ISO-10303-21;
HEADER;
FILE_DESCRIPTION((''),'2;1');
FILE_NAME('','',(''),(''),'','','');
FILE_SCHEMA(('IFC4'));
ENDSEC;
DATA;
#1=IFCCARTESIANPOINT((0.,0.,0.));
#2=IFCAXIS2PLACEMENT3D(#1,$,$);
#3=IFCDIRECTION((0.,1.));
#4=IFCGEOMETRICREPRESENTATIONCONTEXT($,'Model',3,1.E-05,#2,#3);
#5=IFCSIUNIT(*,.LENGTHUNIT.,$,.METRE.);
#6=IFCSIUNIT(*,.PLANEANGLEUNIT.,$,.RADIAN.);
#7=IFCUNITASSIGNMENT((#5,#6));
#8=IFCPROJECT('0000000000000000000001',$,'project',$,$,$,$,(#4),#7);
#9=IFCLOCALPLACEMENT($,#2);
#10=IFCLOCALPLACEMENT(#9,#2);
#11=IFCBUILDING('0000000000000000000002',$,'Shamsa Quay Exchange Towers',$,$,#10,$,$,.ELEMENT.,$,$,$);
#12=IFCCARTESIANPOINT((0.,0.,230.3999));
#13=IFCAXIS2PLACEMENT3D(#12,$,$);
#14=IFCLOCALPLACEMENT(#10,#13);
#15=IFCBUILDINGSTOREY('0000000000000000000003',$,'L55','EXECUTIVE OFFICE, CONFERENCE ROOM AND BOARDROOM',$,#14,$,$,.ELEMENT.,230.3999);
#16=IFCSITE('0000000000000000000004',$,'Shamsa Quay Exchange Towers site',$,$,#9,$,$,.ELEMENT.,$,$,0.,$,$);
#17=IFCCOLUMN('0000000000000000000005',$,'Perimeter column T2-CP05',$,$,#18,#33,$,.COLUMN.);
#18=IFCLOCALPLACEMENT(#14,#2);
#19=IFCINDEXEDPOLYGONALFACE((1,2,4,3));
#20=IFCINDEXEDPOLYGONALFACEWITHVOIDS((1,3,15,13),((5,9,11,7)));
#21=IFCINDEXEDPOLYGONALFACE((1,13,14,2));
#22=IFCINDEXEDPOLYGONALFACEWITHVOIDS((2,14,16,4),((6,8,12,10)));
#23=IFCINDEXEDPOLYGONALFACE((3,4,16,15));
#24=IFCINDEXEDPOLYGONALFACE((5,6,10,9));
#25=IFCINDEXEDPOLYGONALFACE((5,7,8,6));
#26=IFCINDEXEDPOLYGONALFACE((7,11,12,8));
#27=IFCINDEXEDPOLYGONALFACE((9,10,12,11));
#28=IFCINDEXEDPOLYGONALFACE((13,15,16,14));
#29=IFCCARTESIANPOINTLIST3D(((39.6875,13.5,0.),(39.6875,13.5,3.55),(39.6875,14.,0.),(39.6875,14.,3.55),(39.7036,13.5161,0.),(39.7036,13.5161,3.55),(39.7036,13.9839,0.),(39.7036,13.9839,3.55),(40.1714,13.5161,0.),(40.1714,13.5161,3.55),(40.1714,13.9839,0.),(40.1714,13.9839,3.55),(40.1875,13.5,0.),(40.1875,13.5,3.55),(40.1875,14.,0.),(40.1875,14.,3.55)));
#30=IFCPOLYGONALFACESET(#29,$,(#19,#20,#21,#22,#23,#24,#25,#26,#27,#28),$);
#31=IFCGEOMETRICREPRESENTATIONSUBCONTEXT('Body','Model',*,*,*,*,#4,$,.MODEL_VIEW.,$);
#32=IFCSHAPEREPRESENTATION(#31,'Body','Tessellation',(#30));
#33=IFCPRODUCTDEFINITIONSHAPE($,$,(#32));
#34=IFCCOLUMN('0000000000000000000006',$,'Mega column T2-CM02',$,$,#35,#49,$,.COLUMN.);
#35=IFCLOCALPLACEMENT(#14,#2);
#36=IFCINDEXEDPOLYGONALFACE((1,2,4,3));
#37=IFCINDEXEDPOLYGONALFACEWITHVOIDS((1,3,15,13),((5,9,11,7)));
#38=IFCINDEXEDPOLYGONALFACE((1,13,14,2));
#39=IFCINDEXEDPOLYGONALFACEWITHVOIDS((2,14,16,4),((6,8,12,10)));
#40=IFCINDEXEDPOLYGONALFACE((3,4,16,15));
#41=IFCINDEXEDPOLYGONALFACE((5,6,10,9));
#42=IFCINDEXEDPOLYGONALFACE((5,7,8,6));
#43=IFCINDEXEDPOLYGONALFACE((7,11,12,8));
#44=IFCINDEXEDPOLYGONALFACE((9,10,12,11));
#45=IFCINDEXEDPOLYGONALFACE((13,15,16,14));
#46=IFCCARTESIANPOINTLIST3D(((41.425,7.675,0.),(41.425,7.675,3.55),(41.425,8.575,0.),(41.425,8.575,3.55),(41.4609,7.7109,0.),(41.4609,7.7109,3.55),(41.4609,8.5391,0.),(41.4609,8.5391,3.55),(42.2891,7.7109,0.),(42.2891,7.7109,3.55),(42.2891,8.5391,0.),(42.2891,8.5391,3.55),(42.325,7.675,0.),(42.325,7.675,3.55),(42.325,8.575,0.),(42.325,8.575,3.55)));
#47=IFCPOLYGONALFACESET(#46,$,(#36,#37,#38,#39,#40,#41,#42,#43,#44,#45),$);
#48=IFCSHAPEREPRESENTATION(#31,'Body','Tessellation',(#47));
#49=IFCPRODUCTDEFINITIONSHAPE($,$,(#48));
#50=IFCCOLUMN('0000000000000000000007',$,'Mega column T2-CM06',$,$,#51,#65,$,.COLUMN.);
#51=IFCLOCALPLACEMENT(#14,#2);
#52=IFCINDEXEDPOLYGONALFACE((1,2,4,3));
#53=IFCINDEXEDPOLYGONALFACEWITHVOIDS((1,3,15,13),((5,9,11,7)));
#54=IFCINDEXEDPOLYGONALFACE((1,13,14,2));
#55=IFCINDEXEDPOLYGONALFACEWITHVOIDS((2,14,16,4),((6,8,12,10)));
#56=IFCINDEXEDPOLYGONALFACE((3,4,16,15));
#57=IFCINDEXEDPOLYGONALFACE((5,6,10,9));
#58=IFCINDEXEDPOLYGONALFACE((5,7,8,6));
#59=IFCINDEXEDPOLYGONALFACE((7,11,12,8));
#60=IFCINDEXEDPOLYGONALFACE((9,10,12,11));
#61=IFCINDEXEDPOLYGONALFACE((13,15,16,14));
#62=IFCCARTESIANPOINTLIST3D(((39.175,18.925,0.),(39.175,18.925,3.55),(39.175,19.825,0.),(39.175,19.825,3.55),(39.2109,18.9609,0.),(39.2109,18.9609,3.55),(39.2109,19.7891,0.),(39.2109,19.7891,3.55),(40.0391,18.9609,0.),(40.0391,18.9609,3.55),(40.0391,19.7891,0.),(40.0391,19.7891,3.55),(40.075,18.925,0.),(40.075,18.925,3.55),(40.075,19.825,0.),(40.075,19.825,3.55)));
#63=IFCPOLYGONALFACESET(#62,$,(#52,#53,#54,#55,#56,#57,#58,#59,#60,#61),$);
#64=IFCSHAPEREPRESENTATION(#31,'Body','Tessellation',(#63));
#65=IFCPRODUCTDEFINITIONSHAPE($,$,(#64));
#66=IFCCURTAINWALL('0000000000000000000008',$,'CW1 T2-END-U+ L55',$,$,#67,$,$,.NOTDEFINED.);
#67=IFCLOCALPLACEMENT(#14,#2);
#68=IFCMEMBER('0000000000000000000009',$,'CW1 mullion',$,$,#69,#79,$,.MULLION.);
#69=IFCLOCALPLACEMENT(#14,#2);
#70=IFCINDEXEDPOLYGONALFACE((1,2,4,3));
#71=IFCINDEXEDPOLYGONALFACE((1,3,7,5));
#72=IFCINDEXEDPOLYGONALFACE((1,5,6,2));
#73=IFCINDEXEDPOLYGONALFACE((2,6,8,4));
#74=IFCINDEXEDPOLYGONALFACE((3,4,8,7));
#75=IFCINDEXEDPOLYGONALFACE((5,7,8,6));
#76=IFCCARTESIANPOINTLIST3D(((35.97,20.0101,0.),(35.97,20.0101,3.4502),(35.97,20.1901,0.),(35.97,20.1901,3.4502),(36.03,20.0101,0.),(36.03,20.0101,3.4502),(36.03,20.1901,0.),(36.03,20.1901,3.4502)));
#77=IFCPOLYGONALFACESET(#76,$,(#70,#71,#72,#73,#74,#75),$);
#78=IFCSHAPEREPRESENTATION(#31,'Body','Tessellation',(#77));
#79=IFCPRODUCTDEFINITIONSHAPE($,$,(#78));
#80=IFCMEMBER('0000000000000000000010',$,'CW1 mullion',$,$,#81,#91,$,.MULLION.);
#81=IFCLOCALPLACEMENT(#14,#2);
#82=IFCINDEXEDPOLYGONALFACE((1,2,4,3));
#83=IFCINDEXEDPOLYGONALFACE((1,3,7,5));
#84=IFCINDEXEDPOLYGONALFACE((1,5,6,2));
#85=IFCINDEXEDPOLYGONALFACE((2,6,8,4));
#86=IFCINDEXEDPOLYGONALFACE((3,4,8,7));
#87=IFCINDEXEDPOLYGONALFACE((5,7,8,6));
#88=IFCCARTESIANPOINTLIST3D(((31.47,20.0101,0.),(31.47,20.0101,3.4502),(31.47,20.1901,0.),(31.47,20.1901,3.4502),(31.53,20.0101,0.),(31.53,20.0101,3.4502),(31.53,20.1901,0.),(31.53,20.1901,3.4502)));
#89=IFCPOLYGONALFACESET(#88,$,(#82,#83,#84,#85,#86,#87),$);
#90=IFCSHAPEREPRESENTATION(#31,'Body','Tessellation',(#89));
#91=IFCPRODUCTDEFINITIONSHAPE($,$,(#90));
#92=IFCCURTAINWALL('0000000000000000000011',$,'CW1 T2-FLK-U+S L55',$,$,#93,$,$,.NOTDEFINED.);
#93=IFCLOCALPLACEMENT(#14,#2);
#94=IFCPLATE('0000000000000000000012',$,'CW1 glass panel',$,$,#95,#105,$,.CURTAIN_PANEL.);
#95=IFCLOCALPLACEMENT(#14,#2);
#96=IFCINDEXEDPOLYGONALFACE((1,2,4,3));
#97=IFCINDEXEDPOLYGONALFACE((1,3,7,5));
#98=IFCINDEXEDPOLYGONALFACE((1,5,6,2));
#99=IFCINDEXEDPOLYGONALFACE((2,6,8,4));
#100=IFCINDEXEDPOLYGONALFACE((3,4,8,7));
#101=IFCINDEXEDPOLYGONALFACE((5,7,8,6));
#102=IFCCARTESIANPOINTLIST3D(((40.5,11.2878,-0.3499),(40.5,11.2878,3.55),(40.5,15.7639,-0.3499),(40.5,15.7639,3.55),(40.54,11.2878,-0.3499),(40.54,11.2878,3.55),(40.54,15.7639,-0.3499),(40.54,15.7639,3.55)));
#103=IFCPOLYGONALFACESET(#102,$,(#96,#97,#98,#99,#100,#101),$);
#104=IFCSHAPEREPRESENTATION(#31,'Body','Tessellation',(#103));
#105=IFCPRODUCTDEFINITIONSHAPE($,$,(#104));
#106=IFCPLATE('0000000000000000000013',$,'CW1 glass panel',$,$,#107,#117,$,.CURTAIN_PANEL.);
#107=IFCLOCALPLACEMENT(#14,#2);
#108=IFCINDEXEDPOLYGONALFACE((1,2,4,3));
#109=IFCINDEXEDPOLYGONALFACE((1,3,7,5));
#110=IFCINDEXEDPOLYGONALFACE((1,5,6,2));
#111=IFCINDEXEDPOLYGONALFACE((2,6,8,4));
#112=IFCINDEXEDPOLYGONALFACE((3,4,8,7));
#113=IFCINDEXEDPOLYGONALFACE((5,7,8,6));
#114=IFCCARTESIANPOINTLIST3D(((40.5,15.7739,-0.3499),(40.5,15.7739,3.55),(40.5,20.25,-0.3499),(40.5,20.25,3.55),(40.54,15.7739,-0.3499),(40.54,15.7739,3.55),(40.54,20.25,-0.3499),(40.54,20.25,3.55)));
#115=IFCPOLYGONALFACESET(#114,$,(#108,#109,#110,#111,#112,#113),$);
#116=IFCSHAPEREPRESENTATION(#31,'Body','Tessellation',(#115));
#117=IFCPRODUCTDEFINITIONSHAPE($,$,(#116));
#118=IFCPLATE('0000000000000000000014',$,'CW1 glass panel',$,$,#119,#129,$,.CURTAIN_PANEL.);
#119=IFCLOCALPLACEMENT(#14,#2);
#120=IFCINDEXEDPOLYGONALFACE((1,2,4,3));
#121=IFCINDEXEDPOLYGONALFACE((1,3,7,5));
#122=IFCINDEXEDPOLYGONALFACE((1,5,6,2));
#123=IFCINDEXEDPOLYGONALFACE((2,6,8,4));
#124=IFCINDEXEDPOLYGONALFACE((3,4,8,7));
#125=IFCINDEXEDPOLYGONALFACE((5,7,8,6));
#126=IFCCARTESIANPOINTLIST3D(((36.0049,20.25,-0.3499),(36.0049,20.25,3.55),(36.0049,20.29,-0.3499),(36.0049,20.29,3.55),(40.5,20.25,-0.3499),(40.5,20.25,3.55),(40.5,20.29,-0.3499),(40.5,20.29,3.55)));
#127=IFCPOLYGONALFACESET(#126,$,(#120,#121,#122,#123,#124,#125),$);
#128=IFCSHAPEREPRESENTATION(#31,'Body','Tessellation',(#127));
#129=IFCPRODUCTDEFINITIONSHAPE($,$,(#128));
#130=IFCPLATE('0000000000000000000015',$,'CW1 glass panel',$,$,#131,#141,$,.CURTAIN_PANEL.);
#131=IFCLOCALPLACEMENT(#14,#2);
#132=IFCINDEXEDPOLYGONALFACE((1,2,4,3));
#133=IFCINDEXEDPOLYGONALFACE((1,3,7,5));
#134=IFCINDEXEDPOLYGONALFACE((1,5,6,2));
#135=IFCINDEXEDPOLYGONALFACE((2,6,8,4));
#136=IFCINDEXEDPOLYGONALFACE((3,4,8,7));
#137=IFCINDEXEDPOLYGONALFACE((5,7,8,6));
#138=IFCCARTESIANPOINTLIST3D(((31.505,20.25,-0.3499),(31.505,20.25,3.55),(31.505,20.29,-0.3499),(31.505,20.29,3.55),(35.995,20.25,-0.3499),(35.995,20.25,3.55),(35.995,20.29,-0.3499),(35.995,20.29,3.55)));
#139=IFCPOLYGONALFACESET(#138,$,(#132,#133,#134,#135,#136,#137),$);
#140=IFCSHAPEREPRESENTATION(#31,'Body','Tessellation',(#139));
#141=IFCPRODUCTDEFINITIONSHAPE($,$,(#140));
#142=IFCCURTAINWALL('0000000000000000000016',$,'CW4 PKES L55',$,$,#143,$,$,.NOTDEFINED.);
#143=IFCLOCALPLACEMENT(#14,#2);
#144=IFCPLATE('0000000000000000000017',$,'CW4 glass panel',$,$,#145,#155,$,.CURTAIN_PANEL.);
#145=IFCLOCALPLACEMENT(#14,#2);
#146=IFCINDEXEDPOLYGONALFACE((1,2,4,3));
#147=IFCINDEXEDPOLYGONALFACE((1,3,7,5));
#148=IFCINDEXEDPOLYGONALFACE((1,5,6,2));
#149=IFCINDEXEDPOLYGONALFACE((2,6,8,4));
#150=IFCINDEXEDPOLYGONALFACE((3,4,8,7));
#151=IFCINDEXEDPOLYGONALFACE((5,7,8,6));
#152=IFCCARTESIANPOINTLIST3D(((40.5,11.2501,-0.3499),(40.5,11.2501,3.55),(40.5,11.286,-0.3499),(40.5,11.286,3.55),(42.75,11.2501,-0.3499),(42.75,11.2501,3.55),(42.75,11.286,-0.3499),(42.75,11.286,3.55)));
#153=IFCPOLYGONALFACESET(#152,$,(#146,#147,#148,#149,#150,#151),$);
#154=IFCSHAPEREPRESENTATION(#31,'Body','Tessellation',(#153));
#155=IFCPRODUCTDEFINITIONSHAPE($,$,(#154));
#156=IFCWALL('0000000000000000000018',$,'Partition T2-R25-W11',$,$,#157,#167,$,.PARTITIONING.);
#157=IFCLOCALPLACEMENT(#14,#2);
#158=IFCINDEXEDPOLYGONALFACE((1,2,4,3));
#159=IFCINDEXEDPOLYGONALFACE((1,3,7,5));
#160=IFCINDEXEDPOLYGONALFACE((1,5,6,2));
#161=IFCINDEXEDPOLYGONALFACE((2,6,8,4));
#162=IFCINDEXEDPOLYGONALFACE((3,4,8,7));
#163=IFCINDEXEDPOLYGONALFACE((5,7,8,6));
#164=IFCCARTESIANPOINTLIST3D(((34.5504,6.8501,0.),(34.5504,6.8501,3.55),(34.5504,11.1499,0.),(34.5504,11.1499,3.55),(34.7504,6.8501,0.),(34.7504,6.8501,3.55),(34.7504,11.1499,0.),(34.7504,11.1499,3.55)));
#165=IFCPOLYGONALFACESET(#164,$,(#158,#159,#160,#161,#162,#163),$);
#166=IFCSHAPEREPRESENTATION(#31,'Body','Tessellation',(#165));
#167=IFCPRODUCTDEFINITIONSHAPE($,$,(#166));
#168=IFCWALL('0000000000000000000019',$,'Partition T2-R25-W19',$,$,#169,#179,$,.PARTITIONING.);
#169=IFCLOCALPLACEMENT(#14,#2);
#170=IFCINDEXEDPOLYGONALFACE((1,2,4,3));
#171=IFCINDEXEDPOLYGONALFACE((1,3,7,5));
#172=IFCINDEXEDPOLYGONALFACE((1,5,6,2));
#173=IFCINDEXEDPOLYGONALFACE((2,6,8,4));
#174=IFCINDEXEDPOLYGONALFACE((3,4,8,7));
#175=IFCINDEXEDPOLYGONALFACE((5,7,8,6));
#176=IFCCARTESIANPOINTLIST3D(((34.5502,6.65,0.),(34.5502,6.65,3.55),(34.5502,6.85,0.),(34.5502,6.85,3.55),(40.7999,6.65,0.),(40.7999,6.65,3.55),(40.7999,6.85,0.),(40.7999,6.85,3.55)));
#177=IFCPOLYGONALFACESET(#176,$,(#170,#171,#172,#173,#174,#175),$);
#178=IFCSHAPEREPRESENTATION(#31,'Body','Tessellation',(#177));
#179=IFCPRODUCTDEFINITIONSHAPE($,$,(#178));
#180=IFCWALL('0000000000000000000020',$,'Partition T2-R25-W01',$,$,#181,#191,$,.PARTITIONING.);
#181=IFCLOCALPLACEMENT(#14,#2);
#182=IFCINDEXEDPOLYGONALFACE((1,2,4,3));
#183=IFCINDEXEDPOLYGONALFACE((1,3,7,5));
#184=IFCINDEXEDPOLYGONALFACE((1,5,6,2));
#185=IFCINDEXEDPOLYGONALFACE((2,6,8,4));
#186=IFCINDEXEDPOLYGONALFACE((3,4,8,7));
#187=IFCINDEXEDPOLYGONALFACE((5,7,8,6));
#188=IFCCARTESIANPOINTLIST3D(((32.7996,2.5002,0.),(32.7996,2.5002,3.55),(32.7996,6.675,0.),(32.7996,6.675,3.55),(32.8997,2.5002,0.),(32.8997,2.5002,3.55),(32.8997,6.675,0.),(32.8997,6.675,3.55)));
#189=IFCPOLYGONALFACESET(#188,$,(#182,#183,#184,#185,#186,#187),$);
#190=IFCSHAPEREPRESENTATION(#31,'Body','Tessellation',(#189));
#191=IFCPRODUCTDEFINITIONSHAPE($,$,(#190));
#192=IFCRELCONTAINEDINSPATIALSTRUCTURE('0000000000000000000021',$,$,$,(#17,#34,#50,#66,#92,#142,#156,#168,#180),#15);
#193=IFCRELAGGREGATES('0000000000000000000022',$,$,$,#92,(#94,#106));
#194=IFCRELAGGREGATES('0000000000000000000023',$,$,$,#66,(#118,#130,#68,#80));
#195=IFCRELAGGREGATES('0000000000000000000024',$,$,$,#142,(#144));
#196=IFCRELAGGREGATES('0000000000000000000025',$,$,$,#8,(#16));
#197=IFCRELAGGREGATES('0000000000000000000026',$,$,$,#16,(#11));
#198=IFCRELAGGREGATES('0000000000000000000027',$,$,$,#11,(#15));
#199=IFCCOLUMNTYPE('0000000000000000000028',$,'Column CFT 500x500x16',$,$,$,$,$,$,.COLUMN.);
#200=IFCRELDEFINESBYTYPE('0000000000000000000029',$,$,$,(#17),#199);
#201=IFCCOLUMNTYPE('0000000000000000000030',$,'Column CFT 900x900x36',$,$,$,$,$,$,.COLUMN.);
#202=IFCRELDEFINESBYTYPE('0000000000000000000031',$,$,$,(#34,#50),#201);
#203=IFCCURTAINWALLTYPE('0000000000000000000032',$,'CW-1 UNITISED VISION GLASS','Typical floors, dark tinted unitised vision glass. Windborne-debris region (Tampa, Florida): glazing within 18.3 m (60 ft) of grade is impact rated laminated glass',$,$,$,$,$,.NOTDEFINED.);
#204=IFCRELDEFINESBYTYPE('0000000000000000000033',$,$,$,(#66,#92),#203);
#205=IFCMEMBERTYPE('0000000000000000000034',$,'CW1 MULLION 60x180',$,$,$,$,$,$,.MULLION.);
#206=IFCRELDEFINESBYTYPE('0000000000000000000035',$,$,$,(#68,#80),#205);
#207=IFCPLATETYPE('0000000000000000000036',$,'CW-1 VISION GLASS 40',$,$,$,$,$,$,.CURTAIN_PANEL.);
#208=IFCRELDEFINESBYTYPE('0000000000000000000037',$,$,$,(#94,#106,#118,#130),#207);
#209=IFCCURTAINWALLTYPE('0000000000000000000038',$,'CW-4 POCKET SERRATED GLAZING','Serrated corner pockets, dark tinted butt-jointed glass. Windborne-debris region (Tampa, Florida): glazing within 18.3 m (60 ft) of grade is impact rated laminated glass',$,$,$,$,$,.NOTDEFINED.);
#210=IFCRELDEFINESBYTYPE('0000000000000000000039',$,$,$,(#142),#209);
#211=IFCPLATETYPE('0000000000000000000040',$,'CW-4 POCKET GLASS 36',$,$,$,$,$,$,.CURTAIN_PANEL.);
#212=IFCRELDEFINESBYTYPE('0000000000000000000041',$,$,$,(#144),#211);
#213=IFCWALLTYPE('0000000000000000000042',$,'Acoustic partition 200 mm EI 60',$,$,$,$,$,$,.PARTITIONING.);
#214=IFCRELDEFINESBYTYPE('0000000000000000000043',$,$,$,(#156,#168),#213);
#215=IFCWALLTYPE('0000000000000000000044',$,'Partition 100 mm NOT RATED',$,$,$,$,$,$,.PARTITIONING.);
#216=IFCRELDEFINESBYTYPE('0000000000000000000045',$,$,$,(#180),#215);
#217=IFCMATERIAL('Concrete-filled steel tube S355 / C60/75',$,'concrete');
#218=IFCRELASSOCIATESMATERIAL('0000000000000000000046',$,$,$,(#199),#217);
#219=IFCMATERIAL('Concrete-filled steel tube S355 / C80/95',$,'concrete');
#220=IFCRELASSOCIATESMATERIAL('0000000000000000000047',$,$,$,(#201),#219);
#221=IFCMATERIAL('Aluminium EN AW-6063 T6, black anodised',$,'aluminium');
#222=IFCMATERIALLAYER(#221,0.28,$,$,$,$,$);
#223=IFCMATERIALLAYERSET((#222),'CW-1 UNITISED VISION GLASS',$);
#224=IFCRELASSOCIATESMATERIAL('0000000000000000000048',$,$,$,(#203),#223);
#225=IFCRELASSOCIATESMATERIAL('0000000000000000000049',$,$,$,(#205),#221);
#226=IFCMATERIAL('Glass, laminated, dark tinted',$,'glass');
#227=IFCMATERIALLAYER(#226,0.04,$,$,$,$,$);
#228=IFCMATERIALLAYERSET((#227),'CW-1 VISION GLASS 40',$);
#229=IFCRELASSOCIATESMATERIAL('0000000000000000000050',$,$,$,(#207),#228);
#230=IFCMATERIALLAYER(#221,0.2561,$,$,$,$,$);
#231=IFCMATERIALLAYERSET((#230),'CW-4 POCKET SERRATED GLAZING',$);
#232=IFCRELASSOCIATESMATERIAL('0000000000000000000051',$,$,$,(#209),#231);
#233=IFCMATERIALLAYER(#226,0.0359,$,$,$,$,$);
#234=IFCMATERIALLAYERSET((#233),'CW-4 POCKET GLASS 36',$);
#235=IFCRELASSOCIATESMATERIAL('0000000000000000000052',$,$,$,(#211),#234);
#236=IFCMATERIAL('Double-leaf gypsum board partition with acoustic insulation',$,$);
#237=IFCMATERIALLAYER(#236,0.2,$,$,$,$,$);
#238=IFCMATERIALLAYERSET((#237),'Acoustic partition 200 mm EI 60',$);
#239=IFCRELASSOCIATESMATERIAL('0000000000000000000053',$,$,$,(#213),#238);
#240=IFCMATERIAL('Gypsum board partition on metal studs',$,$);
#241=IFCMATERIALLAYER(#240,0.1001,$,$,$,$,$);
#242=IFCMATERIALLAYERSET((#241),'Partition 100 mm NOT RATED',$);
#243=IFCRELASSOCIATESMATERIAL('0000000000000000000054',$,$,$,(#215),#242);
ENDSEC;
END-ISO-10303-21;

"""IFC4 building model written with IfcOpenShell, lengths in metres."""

from ifc_helpers import new_model, si_unit, direction, frame, frame_2d, origin, origin_2d, place, context, subcontext, project, spatial, rectangle, hollow_rectangle, extrude, material, layer, layer_set, material_profile, profile_set, type_object, element, aggregate, save


model = new_model("IFC4")

# Units and contexts
model_context = context("Model", 3, precision=1e-05, world=origin(), true_north=direction((0.0, 1.0)))
body_context = subcontext(model_context, "Body", "Model", "MODEL_VIEW")
ifc_project = project(units=[si_unit("LENGTHUNIT", "METRE"), si_unit("PLANEANGLEUNIT", "RADIAN")], contexts=[model_context])

# Site, building, storey
site_placement = place(None, origin())
site = spatial("IfcSite", under=ifc_project, at=site_placement, Name="Shamsa Quay Exchange Towers site", CompositionType="ELEMENT", RefElevation=0.0)
building_placement = place(site_placement, origin())
building = spatial("IfcBuilding", under=site, at=building_placement, Name="Shamsa Quay Exchange Towers", CompositionType="ELEMENT")
storey_placement = place(building_placement, frame((0.0, 0.0, 230.3999)))
storey = spatial("IfcBuildingStorey", under=building, at=storey_placement, Name="L55", Description="EXECUTIVE OFFICE, CONFERENCE ROOM AND BOARDROOM", CompositionType="ELEMENT", Elevation=230.3999)

# Columns
ifc_material_1 = material(Name="Concrete-filled steel tube S355 / C60/75", Category="concrete")
ifc_material_profile_1 = material_profile(ifc_material_1, hollow_rectangle(XDim=0.5, YDim=0.5, WallThickness=0.0161, at=origin_2d()), Name="CFT 500x500x16")
ifc_profile_set_1 = profile_set([ifc_material_profile_1], Name="Concrete-filled steel tube S355 / C60/75")
column_type_1 = type_object("IfcColumnType", Name="Column CFT 500x500x16", PredefinedType="COLUMN", material=ifc_profile_set_1)
column_placement = place(storey_placement, frame((39.9375, 13.75, 0.0)))
element("IfcColumn", 1, at=column_placement, inside=storey, type_object=column_type_1, Name="Perimeter column T2-CP05", PredefinedType="COLUMN", context=body_context, shape_type="SweptSolid", body=[
    extrude(hollow_rectangle(XDim=0.5, YDim=0.5, WallThickness=0.0161, at=origin_2d()), origin(), (0.0, 0.0, 1.0), 3.55),
])
ifc_material_2 = material(Name="Concrete-filled steel tube S355 / C80/95", Category="concrete")
ifc_material_profile_2 = material_profile(ifc_material_2, hollow_rectangle(XDim=0.8999, YDim=0.8999, WallThickness=0.0359, at=origin_2d()), Name="CFT 900x900x36")
ifc_profile_set_2 = profile_set([ifc_material_profile_2], Name="Concrete-filled steel tube S355 / C80/95")
column_type_2 = type_object("IfcColumnType", Name="Column CFT 900x900x36", PredefinedType="COLUMN", material=ifc_profile_set_2)
for number, where, name in (
    (2, (41.875, 8.125, 0.0), "Mega column T2-CM02"),
    (3, (39.625, 19.375, 0.0), "Mega column T2-CM06"),
):
    element("IfcColumn", number, at=place(storey_placement, frame(where)), inside=storey, type_object=column_type_2, Name=name, PredefinedType="COLUMN", context=body_context, shape_type="SweptSolid", body=[
        extrude(hollow_rectangle(XDim=0.8999, YDim=0.8999, WallThickness=0.0359, at=origin_2d()), origin(), (0.0, 0.0, 1.0), 3.55),
    ])

# Curtain wall, members
ifc_material_3 = material(Name="Aluminium EN AW-6063 T6, black anodised", Category="aluminium")
ifc_layer_1 = layer(ifc_material_3, 0.28)
ifc_layer_set_1 = layer_set([ifc_layer_1], Name="CW-1 UNITISED VISION GLASS")
curtain_wall_type_1 = type_object("IfcCurtainWallType", Name="CW-1 UNITISED VISION GLASS", Description="Typical floors, dark tinted unitised vision glass. Windborne-debris region (Tampa, Florida): glazing within 18.3 m (60 ft) of grade is impact rated laminated glass", PredefinedType="NOTDEFINED", material=ifc_layer_set_1)
curtain_wall_1_placement = place(storey_placement, origin())
curtain_wall_1 = element("IfcCurtainWall", 4, at=curtain_wall_1_placement, inside=storey, type_object=curtain_wall_type_1, Name="CW1 T2-END-U+ L55", PredefinedType="NOTDEFINED")
ifc_material_profile_3 = material_profile(ifc_material_3, rectangle(XDim=0.1799, YDim=0.0601, at=origin_2d()), Name="MU60x180")
ifc_profile_set_3 = profile_set([ifc_material_profile_3], Name="Aluminium EN AW-6063 T6, black anodised")
member_type = type_object("IfcMemberType", Name="CW1 MULLION 60x180", PredefinedType="MULLION", material=ifc_profile_set_3)
member_1_placement = place(storey_placement, frame((36.0, 20.1001, 0.0), z_axis=(0.0, 0.0, 1.0), x_axis=(0.0, -1.0, 0.0)))
member_1 = element("IfcMember", 5, at=member_1_placement, type_object=member_type, Name="CW1 mullion", PredefinedType="MULLION", context=body_context, shape_type="SweptSolid", body=[
    extrude(rectangle(XDim=0.1799, YDim=0.0601, at=origin_2d()), origin(), (0.0, 0.0, 1.0), 3.4502),
])
member_2_placement = place(storey_placement, frame((31.5, 20.1001, 0.0), z_axis=(0.0, 0.0, 1.0), x_axis=(0.0, -1.0, 0.0)))
member_2 = element("IfcMember", 6, at=member_2_placement, type_object=member_type, Name="CW1 mullion", PredefinedType="MULLION", context=body_context, shape_type="SweptSolid", body=[
    extrude(rectangle(XDim=0.1799, YDim=0.0601, at=origin_2d()), origin(), (0.0, 0.0, 1.0), 3.4502),
])

# Curtain wall, plates
curtain_wall_2_placement = place(storey_placement, origin())
curtain_wall_2 = element("IfcCurtainWall", 7, at=curtain_wall_2_placement, inside=storey, type_object=curtain_wall_type_1, Name="CW1 T2-FLK-U+S L55", PredefinedType="NOTDEFINED")
ifc_material_4 = material(Name="Glass, laminated, dark tinted", Category="glass")
ifc_layer_2 = layer(ifc_material_4, 0.04)
ifc_layer_set_2 = layer_set([ifc_layer_2], Name="CW-1 VISION GLASS 40")
plate_type_1 = type_object("IfcPlateType", Name="CW-1 VISION GLASS 40", PredefinedType="CURTAIN_PANEL", material=ifc_layer_set_2)
plate_1_placement = place(storey_placement, frame((40.52, 13.5259, -0.3499), z_axis=(0.0, 0.0, 1.0), x_axis=(0.0, 1.0, 0.0)))
plate_1 = element("IfcPlate", 8, at=plate_1_placement, type_object=plate_type_1, Name="CW1 glass panel", PredefinedType="CURTAIN_PANEL", context=body_context, shape_type="SweptSolid", body=[
    extrude(rectangle(XDim=4.4761, YDim=0.04, at=origin_2d()), origin(), (0.0, 0.0, 1.0), 3.8999),
])
plate_2_placement = place(storey_placement, frame((40.52, 18.012, -0.3499), z_axis=(0.0, 0.0, 1.0), x_axis=(0.0, 1.0, 0.0)))
plate_2 = element("IfcPlate", 9, at=plate_2_placement, type_object=plate_type_1, Name="CW1 glass panel", PredefinedType="CURTAIN_PANEL", context=body_context, shape_type="SweptSolid", body=[
    extrude(rectangle(XDim=4.4761, YDim=0.04, at=origin_2d()), origin(), (0.0, 0.0, 1.0), 3.8999),
])
aggregate(curtain_wall_2, [plate_1, plate_2])

# Plates
plate_3_placement = place(storey_placement, frame((38.2524, 20.27, -0.3499), z_axis=(0.0, 0.0, 1.0), x_axis=(-1.0, 0.0, 0.0)))
plate_3 = element("IfcPlate", 10, at=plate_3_placement, type_object=plate_type_1, Name="CW1 glass panel", PredefinedType="CURTAIN_PANEL", context=body_context, shape_type="SweptSolid", body=[
    extrude(rectangle(XDim=4.4951, YDim=0.04, at=origin_2d()), origin(), (0.0, 0.0, 1.0), 3.8999),
])
plate_4_placement = place(storey_placement, frame((33.75, 20.27, -0.3499), z_axis=(0.0, 0.0, 1.0), x_axis=(-1.0, 0.0, 0.0)))
plate_4 = element("IfcPlate", 11, at=plate_4_placement, type_object=plate_type_1, Name="CW1 glass panel", PredefinedType="CURTAIN_PANEL", context=body_context, shape_type="SweptSolid", body=[
    extrude(rectangle(XDim=4.49, YDim=0.04, at=origin_2d()), origin(), (0.0, 0.0, 1.0), 3.8999),
])
aggregate(curtain_wall_1, [plate_3, plate_4, member_1, member_2])

# Curtain wall, plate
ifc_layer_3 = layer(ifc_material_3, 0.2561)
ifc_layer_set_3 = layer_set([ifc_layer_3], Name="CW-4 POCKET SERRATED GLAZING")
curtain_wall_type_2 = type_object("IfcCurtainWallType", Name="CW-4 POCKET SERRATED GLAZING", Description="Serrated corner pockets, dark tinted butt-jointed glass. Windborne-debris region (Tampa, Florida): glazing within 18.3 m (60 ft) of grade is impact rated laminated glass", PredefinedType="NOTDEFINED", material=ifc_layer_set_3)
curtain_wall_3_placement = place(storey_placement, origin())
curtain_wall_3 = element("IfcCurtainWall", 12, at=curtain_wall_3_placement, inside=storey, type_object=curtain_wall_type_2, Name="CW4 PKES L55", PredefinedType="NOTDEFINED")
ifc_layer_4 = layer(ifc_material_4, 0.0359)
ifc_layer_set_4 = layer_set([ifc_layer_4], Name="CW-4 POCKET GLASS 36")
plate_type_2 = type_object("IfcPlateType", Name="CW-4 POCKET GLASS 36", PredefinedType="CURTAIN_PANEL", material=ifc_layer_set_4)
plate_5_placement = place(storey_placement, frame((41.625, 11.2681, -0.3499), z_axis=(0.0, 0.0, 1.0), x_axis=(-1.0, 0.0, 0.0)))
plate_5 = element("IfcPlate", 13, at=plate_5_placement, type_object=plate_type_2, Name="CW4 glass panel", PredefinedType="CURTAIN_PANEL", context=body_context, shape_type="SweptSolid", body=[
    extrude(rectangle(XDim=2.25, YDim=0.0359, at=origin_2d()), origin(), (0.0, 0.0, 1.0), 3.8999),
])
aggregate(curtain_wall_3, [plate_5])

# Wall
ifc_material_5 = material(Name="Double-leaf gypsum board partition with acoustic insulation")
ifc_layer_5 = layer(ifc_material_5, 0.2)
ifc_layer_set_5 = layer_set([ifc_layer_5], Name="Acoustic partition 200 mm EI 60")
wall_type_1 = type_object("IfcWallType", Name="Acoustic partition 200 mm EI 60", PredefinedType="PARTITIONING", material=ifc_layer_set_5)
wall_1_placement = place(storey_placement, frame((34.6504, 11.1499, 0.0), z_axis=(0.0, 0.0, 1.0), x_axis=(0.0, -1.0, 0.0)))
element("IfcWall", 14, at=wall_1_placement, inside=storey, type_object=wall_type_1, Name="Partition T2-R25-W11", PredefinedType="PARTITIONING", context=body_context, shape_type="SweptSolid", body=[
    extrude(rectangle(XDim=4.2998, YDim=0.2, at=frame_2d((2.1499, 0.0))), origin(), (0.0, 0.0, 1.0), 3.55),
])

# Walls
wall_2_placement = place(storey_placement, frame((40.8, 6.75, 0.0), z_axis=(0.0, 0.0, 1.0), x_axis=(-1.0, 0.0, 0.0)))
element("IfcWall", 15, at=wall_2_placement, inside=storey, type_object=wall_type_1, Name="Partition T2-R25-W19", PredefinedType="PARTITIONING", context=body_context, shape_type="SweptSolid", body=[
    extrude(rectangle(XDim=6.2498, YDim=0.2, at=frame_2d((3.125, 0.0))), origin(), (0.0, 0.0, 1.0), 3.55),
])
ifc_material_6 = material(Name="Gypsum board partition on metal studs")
ifc_layer_6 = layer(ifc_material_6, 0.1001)
ifc_layer_set_6 = layer_set([ifc_layer_6], Name="Partition 100 mm NOT RATED")
wall_type_2 = type_object("IfcWallType", Name="Partition 100 mm NOT RATED", PredefinedType="PARTITIONING", material=ifc_layer_set_6)
for number, where, z_axis, x_axis, name in (
    (16, (32.8496, 2.5002, 0.0), (0.0, 0.0, 1.0), (0.0, 1.0, 0.0), "Partition T2-R25-W01"),
):
    element("IfcWall", number, at=place(storey_placement, frame(where, z_axis=z_axis, x_axis=x_axis)), inside=storey, type_object=wall_type_2, Name=name, PredefinedType="PARTITIONING", context=body_context, shape_type="SweptSolid", body=[
        extrude(rectangle(XDim=4.1748, YDim=0.1001, at=frame_2d((2.0874, 0.0))), origin(), (0.0, 0.0, 1.0), 3.55),
    ])

save(model, "model.ifc")
